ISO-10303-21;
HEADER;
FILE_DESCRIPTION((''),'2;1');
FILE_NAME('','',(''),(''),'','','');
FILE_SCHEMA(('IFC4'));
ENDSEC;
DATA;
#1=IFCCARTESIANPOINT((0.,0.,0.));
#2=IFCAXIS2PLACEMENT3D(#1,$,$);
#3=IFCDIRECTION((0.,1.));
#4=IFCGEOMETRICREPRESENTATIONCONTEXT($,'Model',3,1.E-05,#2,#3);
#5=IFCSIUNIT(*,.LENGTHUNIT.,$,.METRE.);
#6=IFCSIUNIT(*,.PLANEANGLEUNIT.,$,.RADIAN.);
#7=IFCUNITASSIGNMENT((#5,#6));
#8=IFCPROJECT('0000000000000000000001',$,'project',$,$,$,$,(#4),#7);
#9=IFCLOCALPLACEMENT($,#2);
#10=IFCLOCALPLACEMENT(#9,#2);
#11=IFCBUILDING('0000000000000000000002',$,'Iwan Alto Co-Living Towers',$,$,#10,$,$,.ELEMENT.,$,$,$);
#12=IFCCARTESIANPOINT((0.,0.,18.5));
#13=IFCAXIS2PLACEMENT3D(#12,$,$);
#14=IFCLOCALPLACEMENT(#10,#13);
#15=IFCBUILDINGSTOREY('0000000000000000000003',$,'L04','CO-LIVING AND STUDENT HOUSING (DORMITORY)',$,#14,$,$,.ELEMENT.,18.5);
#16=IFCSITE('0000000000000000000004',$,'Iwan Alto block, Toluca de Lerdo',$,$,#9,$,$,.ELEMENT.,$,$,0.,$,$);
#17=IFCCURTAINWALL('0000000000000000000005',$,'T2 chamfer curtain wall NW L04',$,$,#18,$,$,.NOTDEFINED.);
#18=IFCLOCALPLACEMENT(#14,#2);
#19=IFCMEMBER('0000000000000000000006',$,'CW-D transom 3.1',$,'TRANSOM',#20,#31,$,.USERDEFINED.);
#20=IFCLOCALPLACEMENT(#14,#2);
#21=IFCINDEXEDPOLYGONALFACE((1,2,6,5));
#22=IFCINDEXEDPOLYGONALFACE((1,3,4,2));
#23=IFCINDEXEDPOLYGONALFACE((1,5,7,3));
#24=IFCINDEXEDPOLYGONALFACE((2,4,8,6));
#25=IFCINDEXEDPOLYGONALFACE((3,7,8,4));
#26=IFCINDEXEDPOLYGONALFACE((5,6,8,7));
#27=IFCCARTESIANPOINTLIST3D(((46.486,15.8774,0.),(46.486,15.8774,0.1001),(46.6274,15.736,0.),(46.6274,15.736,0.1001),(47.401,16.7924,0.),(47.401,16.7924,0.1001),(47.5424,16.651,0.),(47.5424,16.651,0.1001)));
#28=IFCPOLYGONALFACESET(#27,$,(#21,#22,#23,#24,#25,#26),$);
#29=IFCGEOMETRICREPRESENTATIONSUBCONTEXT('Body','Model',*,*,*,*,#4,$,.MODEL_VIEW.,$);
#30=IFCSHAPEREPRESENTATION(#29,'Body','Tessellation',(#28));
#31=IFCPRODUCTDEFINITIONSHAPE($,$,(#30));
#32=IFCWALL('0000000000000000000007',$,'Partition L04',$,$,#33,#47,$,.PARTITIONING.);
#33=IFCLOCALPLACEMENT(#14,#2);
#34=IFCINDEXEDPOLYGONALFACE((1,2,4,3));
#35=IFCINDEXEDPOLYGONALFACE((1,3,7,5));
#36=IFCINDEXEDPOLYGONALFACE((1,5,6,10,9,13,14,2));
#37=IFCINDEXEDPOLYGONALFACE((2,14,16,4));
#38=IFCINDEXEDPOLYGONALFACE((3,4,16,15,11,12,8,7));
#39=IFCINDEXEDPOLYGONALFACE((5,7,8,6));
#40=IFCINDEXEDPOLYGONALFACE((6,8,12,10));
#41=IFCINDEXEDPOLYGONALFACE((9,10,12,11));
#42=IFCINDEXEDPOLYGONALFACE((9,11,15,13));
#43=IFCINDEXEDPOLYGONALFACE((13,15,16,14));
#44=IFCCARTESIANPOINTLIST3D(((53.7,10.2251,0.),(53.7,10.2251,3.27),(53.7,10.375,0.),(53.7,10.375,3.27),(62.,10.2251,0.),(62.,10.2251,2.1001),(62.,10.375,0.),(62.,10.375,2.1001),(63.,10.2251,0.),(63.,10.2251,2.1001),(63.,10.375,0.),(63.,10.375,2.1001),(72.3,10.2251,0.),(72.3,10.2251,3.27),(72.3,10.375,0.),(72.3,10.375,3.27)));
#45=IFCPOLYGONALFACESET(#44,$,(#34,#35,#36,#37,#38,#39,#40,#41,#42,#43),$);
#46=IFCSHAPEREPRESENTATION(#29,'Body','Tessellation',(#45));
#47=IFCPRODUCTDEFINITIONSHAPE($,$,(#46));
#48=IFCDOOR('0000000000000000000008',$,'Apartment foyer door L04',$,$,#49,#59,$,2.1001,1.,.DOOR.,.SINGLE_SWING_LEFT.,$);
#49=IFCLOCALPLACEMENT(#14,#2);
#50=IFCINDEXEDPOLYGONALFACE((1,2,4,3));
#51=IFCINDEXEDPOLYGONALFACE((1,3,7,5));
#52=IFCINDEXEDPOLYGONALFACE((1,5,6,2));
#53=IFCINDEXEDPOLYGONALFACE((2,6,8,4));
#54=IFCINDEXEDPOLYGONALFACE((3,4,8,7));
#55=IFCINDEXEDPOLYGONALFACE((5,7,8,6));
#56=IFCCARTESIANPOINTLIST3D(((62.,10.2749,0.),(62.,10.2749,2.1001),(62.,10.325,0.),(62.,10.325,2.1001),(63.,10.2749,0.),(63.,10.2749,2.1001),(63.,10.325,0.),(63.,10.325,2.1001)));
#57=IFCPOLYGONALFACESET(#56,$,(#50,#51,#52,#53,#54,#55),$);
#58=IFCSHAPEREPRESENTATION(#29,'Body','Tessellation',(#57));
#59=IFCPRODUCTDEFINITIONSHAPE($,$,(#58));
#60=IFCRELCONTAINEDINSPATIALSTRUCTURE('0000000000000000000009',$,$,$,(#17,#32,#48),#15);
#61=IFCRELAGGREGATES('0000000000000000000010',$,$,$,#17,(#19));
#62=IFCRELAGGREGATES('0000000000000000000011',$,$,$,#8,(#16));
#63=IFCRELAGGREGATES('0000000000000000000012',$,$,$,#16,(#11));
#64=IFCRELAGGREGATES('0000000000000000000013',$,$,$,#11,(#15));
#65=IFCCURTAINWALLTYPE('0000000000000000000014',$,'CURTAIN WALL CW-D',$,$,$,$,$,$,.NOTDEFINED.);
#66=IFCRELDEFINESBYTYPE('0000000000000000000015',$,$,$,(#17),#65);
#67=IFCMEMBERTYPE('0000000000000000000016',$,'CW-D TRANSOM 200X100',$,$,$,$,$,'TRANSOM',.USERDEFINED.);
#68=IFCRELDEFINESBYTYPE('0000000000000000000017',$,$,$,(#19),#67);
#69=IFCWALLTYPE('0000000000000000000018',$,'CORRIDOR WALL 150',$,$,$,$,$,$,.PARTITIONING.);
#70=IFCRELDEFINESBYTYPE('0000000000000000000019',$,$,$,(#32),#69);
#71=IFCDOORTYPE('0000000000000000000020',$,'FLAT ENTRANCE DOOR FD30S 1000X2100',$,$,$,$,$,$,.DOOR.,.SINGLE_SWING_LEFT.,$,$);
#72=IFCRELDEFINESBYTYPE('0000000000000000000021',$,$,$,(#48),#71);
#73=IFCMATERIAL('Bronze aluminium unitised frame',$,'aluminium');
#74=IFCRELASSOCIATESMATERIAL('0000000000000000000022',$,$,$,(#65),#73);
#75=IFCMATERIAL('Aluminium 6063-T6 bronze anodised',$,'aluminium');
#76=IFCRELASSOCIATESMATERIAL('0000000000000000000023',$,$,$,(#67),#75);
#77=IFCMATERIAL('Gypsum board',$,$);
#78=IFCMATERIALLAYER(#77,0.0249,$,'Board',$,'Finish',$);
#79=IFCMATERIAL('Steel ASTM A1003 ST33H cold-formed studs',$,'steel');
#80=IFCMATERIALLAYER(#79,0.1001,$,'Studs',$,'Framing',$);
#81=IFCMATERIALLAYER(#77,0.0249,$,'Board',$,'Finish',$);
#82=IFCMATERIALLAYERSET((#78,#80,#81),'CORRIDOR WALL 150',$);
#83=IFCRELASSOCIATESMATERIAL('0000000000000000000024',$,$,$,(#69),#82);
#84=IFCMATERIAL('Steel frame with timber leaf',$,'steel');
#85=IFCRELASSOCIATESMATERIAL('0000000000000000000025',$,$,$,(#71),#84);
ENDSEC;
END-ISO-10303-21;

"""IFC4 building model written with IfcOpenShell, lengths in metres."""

from ifc_helpers import new_model, si_unit, direction, frame, frame_2d, origin, origin_2d, place, context, subcontext, project, spatial, rectangle, extrude, material, layer, layer_set, material_profile, profile_set, type_object, element, fill, aggregate, save


model = new_model("IFC4")

# Units and contexts
model_context = context("Model", 3, precision=1e-05, world=origin(), true_north=direction((0.0, 1.0)))
body_context = subcontext(model_context, "Body", "Model", "MODEL_VIEW")
ifc_project = project(units=[si_unit("LENGTHUNIT", "METRE"), si_unit("PLANEANGLEUNIT", "RADIAN")], contexts=[model_context])

# Site, building, storey
site_placement = place(None, origin())
site = spatial("IfcSite", under=ifc_project, at=site_placement, Name="Iwan Alto block, Toluca de Lerdo", CompositionType="ELEMENT", RefElevation=0.0)
building_placement = place(site_placement, origin())
building = spatial("IfcBuilding", under=site, at=building_placement, Name="Iwan Alto Co-Living Towers", CompositionType="ELEMENT")
storey_placement = place(building_placement, frame((0.0, 0.0, 18.5)))
storey = spatial("IfcBuildingStorey", under=building, at=storey_placement, Name="L04", Description="CO-LIVING AND STUDENT HOUSING (DORMITORY)", CompositionType="ELEMENT", Elevation=18.5)

# Curtain wall, member
ifc_material_1 = material(Name="Bronze aluminium unitised frame", Category="aluminium")
curtain_wall_type = type_object("IfcCurtainWallType", Name="CURTAIN WALL CW-D", PredefinedType="NOTDEFINED", material=ifc_material_1)
curtain_wall_placement = place(storey_placement, origin())
curtain_wall = element("IfcCurtainWall", 1, at=curtain_wall_placement, inside=storey, type_object=curtain_wall_type, Name="T2 chamfer curtain wall NW L04", PredefinedType="NOTDEFINED")
ifc_material_2 = material(Name="Aluminium 6063-T6 bronze anodised", Category="aluminium")
ifc_material_profile = material_profile(ifc_material_2, rectangle(XDim=0.2, YDim=0.1001, at=origin_2d()), Name="AL 200X100")
ifc_profile_set = profile_set([ifc_material_profile], Name="Aluminium 6063-T6 bronze anodised")
member_type = type_object("IfcMemberType", Name="CW-D TRANSOM 200X100", ElementType="TRANSOM", PredefinedType="USERDEFINED", material=ifc_profile_set)
member_placement = place(storey_placement, frame((47.4717, 16.7217, 0.05), z_axis=(-0.707107, -0.707107, 0.0), x_axis=(0.707107, -0.707107, 0.0)))
member = element("IfcMember", 2, at=member_placement, type_object=member_type, Name="CW-D transom 3.1", ObjectType="TRANSOM", PredefinedType="USERDEFINED", context=body_context, shape_type="SweptSolid", body=[
    extrude(rectangle(XDim=0.2, YDim=0.1001, at=origin_2d()), origin(), (0.0, 0.0, 1.0), 1.2939),
])
aggregate(curtain_wall, [member])

# Wall, opening, door
ifc_material_3 = material(Name="Gypsum board")
ifc_layer_1 = layer(ifc_material_3, 0.0249, Name="Board", Category="Finish")
ifc_material_4 = material(Name="Steel ASTM A1003 ST33H cold-formed studs", Category="steel")
ifc_layer_2 = layer(ifc_material_4, 0.1001, Name="Studs", Category="Framing")
ifc_layer_3 = layer(ifc_material_3, 0.0249, Name="Board", Category="Finish")
ifc_layer_set_1 = layer_set([ifc_layer_1, ifc_layer_2, ifc_layer_3], Name="CORRIDOR WALL 150")
wall_type_1 = type_object("IfcWallType", Name="CORRIDOR WALL 150", PredefinedType="PARTITIONING", material=ifc_layer_set_1)
wall_1_placement = place(storey_placement, frame((53.7, 10.3, 0.0), z_axis=(0.0, 0.0, 1.0), x_axis=(1.0, 0.0, 0.0)))
wall_1 = element("IfcWall", 3, at=wall_1_placement, inside=storey, type_object=wall_type_1, Name="Partition L04", PredefinedType="PARTITIONING", context=body_context, shape_type="SweptSolid", body=[
    extrude(rectangle(XDim=18.6001, YDim=0.1499, at=frame_2d((9.3, 0.0))), origin(), (0.0, 0.0, 1.0), 3.27),
])
opening_1_placement = place(wall_1_placement, frame((8.3, 0.0, 0.0)))
opening_1 = element("IfcOpeningElement", 4, at=opening_1_placement, cuts=wall_1, PredefinedType="OPENING", context=body_context, shape_type="SweptSolid", body=[
    extrude(rectangle(XDim=1.0, YDim=2.1001, at=frame_2d((0.5, 1.05))), frame((0.0, 0.085, 0.0), z_axis=(0.0, -1.0, 0.0), x_axis=(1.0, 0.0, 0.0)), (0.0, 0.0, 1.0), 0.1699),
])
ifc_material_5 = material(Name="Steel frame with timber leaf", Category="steel")
door_type_1 = type_object("IfcDoorType", Name="FLAT ENTRANCE DOOR FD30S 1000X2100", OperationType="SINGLE_SWING_LEFT", PredefinedType="DOOR", material=ifc_material_5)
door_1_placement = place(opening_1_placement, origin())
door_1 = element("IfcDoor", 5, at=door_1_placement, inside=storey, type_object=door_type_1, Name="Apartment foyer door L04", OperationType="SINGLE_SWING_LEFT", OverallHeight=2.1001, OverallWidth=1.0, PredefinedType="DOOR", context=body_context, shape_type="SweptSolid", body=[
    extrude(rectangle(XDim=1.0, YDim=2.1001, at=frame_2d((0.5, 1.05))), frame((0.0, 0.0249, 0.0), z_axis=(0.0, -1.0, 0.0), x_axis=(1.0, 0.0, 0.0)), (0.0, 0.0, 1.0), 0.05),
])
fill(opening_1, door_1)

save(model, "model.ifc")
